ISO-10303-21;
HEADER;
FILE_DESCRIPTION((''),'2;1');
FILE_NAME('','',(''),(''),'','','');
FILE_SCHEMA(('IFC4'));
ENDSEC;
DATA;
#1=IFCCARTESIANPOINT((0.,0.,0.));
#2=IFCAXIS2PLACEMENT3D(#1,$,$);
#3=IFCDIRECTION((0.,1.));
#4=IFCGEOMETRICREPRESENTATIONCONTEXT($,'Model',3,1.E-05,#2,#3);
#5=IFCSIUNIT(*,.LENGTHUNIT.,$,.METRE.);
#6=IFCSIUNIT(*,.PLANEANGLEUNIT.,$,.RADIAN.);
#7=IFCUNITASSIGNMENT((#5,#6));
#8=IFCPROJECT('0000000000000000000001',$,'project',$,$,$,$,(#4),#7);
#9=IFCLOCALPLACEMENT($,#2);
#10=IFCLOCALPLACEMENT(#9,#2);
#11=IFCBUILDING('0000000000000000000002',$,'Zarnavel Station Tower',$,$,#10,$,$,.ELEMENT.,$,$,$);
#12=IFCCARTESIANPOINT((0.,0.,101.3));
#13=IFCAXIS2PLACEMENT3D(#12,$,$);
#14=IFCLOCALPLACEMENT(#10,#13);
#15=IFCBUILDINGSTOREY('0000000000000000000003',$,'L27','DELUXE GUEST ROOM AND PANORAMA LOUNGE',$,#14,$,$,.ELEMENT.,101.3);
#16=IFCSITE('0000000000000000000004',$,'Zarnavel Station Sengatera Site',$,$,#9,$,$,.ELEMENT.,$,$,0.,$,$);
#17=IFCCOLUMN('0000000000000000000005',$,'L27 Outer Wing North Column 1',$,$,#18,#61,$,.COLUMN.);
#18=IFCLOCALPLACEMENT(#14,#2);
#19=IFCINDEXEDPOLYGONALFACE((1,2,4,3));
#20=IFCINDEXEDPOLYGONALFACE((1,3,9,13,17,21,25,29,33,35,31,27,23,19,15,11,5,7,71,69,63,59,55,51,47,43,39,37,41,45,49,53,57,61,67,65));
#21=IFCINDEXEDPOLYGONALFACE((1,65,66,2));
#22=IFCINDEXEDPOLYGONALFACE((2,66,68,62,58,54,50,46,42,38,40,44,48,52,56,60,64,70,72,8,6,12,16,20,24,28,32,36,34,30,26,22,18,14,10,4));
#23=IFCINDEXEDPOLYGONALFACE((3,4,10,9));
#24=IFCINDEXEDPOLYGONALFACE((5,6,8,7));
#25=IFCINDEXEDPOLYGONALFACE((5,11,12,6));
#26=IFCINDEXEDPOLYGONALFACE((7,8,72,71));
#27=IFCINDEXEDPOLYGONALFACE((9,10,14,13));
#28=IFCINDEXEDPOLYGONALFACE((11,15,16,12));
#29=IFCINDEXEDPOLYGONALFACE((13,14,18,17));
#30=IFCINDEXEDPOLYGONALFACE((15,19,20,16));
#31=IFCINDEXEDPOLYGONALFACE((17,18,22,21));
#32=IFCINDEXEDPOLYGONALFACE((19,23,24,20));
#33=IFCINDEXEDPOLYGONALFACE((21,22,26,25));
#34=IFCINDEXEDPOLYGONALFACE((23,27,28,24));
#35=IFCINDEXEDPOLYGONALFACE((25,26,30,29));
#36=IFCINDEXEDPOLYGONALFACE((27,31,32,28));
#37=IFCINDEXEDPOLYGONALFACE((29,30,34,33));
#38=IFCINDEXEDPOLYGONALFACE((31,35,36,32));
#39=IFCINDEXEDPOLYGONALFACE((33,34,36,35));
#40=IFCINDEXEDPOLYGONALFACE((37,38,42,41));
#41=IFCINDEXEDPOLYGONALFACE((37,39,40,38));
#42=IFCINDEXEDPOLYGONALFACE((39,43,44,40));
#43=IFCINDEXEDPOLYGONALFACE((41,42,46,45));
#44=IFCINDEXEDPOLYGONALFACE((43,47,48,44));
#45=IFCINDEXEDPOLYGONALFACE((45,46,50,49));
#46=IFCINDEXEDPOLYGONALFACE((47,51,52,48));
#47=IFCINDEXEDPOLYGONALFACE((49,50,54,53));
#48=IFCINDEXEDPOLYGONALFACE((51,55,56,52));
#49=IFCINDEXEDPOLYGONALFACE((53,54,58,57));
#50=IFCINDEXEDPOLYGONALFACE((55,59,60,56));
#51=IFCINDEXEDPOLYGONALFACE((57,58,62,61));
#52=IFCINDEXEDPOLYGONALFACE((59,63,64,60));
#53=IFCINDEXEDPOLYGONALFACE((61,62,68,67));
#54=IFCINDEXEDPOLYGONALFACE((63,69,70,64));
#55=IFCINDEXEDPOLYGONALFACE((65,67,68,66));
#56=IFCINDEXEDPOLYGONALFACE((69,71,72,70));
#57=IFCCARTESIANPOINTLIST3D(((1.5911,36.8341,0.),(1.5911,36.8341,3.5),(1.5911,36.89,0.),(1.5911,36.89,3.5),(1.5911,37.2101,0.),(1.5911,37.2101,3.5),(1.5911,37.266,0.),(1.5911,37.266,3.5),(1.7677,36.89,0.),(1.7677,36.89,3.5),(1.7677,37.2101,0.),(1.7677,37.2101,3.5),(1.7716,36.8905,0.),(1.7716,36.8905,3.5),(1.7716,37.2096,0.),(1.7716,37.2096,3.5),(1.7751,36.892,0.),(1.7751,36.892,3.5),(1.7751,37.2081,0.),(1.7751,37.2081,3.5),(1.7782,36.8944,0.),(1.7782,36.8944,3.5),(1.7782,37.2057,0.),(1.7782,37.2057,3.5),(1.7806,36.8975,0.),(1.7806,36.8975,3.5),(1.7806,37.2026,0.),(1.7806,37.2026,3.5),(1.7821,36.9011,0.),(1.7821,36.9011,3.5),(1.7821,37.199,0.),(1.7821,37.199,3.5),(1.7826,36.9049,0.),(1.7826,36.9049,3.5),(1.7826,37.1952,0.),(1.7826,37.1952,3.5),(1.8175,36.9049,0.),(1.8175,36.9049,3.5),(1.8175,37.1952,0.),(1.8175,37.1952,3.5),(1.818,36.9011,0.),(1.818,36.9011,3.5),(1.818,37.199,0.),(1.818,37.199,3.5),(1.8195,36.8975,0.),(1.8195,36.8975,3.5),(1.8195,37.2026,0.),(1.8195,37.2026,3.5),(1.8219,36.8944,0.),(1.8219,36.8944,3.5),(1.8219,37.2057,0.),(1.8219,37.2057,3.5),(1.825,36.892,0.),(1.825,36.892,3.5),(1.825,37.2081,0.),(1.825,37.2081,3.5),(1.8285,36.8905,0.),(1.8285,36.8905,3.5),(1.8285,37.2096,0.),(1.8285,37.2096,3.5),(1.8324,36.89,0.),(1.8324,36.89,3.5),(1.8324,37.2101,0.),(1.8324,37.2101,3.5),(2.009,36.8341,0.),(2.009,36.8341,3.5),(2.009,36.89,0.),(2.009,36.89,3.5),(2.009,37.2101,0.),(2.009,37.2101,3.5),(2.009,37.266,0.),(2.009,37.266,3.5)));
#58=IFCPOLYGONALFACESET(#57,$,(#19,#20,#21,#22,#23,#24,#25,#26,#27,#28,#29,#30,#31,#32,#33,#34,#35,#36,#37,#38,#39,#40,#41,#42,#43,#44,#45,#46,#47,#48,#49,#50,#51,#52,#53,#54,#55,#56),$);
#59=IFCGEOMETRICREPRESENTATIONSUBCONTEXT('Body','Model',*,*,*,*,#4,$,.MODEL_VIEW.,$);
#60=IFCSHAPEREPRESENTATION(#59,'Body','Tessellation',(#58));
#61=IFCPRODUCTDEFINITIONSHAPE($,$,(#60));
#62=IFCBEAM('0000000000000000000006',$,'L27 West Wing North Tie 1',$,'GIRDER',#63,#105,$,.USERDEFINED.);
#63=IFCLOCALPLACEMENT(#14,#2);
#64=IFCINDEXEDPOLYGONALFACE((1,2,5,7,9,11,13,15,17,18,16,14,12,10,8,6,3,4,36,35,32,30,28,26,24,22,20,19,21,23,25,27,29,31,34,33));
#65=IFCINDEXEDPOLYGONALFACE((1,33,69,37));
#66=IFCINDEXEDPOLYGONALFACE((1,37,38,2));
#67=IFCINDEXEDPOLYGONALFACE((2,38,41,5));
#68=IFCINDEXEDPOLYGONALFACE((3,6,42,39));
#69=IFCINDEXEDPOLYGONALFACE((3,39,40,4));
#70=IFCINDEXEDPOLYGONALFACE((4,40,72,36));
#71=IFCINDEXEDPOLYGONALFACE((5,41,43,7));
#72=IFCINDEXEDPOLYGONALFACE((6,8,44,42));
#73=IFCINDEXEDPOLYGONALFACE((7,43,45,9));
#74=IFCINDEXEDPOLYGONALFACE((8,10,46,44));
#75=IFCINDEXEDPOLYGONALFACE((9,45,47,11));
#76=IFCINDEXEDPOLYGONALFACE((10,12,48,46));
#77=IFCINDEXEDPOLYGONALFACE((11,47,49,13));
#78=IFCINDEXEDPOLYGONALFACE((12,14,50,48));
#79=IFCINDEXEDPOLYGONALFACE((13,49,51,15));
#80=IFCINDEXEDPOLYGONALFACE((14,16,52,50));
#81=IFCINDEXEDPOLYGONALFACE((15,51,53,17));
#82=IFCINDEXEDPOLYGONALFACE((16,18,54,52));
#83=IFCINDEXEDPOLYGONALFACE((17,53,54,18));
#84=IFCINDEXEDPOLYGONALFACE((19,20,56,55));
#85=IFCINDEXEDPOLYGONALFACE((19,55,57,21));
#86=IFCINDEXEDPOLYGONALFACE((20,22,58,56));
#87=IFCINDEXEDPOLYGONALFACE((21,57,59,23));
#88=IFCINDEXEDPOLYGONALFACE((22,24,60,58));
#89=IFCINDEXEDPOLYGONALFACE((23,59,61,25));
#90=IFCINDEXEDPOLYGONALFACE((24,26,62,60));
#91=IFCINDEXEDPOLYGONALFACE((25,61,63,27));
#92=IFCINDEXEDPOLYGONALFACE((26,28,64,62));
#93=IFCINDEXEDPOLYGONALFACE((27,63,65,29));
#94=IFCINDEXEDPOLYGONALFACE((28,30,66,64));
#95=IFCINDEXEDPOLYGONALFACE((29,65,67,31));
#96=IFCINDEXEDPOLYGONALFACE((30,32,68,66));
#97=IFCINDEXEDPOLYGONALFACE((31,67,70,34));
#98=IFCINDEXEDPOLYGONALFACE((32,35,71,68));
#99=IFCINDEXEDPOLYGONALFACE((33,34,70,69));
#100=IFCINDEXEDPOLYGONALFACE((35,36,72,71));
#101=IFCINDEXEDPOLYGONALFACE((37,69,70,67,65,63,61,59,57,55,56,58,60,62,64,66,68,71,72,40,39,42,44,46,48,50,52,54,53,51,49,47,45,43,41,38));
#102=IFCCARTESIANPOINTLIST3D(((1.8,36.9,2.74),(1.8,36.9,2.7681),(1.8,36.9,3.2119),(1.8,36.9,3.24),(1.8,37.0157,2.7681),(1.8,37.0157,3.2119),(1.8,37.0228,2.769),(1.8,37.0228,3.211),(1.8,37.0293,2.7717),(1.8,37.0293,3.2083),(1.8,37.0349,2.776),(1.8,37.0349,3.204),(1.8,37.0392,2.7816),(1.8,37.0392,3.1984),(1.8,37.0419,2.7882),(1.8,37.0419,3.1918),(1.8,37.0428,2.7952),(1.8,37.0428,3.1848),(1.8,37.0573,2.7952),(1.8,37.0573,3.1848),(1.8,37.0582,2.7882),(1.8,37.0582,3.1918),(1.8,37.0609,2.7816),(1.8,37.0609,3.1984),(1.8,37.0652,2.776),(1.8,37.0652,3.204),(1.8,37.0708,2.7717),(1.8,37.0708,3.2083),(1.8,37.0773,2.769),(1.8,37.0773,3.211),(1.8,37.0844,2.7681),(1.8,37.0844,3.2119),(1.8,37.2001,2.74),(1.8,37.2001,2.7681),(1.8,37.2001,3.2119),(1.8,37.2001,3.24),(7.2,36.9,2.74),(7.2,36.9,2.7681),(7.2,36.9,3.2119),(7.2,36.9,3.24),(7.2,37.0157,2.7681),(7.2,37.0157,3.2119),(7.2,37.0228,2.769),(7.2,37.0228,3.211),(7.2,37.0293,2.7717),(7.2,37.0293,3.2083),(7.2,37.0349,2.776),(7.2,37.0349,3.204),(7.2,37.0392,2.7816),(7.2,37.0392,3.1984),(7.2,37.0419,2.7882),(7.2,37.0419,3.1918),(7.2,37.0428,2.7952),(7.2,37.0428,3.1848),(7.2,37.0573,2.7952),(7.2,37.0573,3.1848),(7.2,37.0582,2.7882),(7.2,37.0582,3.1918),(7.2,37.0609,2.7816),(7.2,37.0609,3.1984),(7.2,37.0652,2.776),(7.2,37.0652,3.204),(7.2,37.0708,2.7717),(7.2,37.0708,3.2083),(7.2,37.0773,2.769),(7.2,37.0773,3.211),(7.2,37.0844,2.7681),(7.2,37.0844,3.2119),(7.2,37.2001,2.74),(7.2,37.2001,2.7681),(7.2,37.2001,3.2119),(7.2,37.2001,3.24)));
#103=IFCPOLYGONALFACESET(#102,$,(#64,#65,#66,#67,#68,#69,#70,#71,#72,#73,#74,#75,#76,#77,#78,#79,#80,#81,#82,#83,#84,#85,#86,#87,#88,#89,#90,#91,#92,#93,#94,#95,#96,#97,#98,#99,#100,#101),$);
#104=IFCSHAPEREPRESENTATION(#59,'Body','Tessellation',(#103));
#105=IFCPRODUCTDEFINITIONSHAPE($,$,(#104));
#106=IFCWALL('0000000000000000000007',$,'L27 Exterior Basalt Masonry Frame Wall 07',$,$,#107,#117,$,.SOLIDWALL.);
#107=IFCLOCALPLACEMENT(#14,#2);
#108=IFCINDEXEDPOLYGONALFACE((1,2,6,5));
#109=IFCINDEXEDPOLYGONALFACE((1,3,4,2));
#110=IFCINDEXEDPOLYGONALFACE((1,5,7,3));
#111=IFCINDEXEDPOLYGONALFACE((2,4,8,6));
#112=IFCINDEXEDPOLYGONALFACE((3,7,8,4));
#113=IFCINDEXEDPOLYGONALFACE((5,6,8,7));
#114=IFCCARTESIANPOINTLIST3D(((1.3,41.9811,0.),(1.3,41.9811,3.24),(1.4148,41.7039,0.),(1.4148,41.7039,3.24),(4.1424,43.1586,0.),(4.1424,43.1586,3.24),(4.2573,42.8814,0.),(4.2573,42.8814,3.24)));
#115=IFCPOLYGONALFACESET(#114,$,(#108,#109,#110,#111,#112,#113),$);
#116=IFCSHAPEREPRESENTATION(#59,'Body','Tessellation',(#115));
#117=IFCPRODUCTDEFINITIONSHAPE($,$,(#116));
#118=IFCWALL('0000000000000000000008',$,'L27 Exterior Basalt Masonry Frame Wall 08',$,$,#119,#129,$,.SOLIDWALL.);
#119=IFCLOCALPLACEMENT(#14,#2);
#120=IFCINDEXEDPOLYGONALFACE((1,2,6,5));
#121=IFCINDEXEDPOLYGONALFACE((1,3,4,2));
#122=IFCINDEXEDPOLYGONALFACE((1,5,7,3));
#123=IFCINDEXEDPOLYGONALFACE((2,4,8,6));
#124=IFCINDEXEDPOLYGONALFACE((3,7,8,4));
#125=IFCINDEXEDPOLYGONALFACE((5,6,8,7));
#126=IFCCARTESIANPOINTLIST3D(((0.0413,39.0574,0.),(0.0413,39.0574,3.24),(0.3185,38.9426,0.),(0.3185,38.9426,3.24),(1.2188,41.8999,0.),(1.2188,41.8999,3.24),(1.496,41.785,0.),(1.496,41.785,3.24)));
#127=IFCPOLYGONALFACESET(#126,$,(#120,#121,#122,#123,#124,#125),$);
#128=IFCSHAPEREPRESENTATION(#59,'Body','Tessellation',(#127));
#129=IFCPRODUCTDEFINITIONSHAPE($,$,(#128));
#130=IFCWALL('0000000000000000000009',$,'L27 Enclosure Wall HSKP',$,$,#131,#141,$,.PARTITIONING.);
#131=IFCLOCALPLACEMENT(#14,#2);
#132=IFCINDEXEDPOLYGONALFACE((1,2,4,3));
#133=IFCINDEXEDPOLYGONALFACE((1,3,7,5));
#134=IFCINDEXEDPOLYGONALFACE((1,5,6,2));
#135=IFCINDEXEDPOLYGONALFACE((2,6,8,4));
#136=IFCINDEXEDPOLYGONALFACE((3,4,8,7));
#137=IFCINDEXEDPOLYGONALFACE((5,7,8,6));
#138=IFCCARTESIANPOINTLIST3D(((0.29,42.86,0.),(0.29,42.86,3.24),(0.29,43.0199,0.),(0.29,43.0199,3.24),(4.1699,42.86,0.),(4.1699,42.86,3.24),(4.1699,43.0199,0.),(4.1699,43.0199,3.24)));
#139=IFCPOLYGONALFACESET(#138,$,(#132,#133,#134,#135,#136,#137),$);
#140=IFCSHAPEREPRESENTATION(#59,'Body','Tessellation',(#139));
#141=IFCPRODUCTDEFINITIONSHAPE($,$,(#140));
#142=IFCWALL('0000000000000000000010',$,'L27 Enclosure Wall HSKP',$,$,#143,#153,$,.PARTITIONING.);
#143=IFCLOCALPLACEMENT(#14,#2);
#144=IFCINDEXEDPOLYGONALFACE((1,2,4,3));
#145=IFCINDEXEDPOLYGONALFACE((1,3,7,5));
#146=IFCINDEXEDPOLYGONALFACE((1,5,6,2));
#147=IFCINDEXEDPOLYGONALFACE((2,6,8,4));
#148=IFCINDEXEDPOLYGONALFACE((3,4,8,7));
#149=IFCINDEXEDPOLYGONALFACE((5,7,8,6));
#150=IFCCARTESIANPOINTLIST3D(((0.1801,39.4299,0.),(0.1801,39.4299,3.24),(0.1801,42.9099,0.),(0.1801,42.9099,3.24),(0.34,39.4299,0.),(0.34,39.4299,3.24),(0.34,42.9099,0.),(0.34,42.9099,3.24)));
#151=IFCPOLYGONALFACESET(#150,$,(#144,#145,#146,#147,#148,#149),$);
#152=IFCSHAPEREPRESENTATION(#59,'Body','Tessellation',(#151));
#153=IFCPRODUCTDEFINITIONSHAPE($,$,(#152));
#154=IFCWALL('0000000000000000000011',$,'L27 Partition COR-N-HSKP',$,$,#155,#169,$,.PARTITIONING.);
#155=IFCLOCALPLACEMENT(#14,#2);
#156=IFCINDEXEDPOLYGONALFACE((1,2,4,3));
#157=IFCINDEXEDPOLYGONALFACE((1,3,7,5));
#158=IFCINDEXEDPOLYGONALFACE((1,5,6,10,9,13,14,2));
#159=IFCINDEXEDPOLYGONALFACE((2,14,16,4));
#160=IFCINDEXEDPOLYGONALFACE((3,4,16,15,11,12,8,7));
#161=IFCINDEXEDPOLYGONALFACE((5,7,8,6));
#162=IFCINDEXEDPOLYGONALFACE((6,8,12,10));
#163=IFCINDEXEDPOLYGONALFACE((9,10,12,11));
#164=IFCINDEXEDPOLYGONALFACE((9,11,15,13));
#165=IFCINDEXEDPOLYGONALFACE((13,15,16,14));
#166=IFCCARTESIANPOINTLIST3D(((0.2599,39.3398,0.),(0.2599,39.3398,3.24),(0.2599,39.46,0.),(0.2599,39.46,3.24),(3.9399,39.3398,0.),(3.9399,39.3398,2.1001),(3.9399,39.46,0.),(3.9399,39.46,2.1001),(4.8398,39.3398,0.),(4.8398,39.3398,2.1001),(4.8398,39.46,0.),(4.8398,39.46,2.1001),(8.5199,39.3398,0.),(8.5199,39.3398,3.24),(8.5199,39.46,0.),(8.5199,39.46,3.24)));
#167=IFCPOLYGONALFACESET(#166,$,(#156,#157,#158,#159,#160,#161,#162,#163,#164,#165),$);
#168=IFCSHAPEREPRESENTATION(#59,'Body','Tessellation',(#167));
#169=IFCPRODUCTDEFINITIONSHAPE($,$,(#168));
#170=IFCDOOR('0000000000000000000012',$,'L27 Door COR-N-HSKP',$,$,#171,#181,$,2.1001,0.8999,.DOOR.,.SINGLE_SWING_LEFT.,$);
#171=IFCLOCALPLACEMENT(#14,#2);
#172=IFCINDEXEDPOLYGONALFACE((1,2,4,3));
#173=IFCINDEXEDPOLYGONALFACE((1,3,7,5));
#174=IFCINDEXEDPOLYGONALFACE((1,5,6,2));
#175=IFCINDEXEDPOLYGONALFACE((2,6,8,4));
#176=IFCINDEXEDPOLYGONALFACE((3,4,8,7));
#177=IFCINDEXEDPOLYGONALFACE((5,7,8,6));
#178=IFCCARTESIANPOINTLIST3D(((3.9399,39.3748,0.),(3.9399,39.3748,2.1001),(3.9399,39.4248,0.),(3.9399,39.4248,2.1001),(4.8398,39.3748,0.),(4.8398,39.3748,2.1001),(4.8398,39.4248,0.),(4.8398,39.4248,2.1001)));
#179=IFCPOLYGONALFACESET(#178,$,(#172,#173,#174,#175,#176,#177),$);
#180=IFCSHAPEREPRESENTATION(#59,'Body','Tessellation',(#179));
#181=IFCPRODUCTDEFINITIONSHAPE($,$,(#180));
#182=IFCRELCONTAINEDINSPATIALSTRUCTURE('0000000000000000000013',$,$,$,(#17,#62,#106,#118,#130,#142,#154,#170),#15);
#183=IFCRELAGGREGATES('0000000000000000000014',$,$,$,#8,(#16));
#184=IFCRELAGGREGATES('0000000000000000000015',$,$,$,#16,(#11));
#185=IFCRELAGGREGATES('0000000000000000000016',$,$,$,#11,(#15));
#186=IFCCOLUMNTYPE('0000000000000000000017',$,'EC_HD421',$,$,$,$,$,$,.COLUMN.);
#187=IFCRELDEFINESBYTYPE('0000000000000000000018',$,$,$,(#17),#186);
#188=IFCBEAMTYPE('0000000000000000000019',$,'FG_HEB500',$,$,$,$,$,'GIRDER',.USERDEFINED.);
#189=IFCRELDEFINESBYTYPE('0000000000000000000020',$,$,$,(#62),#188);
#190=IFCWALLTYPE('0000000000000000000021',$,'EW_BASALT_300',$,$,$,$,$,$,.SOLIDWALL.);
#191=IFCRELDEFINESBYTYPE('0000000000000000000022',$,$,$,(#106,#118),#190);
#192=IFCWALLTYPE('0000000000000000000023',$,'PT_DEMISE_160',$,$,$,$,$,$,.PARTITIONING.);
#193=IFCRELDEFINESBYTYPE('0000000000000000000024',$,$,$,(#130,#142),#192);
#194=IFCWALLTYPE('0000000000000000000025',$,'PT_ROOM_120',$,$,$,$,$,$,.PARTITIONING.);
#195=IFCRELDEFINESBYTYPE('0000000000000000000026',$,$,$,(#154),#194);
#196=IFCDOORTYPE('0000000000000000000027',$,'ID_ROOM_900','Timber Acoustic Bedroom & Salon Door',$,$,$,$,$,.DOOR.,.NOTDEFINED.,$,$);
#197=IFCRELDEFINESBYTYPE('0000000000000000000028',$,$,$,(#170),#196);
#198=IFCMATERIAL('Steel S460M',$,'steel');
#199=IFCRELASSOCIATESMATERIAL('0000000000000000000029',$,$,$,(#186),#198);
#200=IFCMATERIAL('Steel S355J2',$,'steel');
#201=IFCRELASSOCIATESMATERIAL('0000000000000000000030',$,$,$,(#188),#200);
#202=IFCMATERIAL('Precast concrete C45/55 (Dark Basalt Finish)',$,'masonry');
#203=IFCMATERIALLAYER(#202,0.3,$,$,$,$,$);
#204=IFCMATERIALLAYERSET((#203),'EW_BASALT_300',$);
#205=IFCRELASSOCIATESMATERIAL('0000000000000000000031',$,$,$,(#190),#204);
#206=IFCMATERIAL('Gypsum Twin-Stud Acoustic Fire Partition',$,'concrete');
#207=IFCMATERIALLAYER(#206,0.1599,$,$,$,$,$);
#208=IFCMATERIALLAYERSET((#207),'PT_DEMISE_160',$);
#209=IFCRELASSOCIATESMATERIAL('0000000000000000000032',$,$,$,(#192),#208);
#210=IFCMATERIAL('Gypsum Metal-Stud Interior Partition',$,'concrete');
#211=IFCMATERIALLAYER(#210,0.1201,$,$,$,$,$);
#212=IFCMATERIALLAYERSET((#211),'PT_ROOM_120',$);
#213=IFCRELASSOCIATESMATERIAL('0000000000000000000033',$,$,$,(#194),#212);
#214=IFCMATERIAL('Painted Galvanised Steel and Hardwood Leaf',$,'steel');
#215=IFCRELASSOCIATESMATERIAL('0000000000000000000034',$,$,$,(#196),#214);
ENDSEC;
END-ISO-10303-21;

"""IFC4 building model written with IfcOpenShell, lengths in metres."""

from ifc_helpers import new_model, si_unit, direction, frame, frame_2d, origin, origin_2d, place, context, subcontext, project, spatial, rectangle, i_section, extrude, material, layer, layer_set, material_profile, profile_set, type_object, element, fill, save


model = new_model("IFC4")

# Units and contexts
model_context = context("Model", 3, precision=1e-05, world=origin(), true_north=direction((0.0, 1.0)))
body_context = subcontext(model_context, "Body", "Model", "MODEL_VIEW")
ifc_project = project(units=[si_unit("LENGTHUNIT", "METRE"), si_unit("PLANEANGLEUNIT", "RADIAN")], contexts=[model_context])

# Site, building, storey
site_placement = place(None, origin())
site = spatial("IfcSite", under=ifc_project, at=site_placement, Name="Zarnavel Station Sengatera Site", CompositionType="ELEMENT", RefElevation=0.0)
building_placement = place(site_placement, origin())
building = spatial("IfcBuilding", under=site, at=building_placement, Name="Zarnavel Station Tower", CompositionType="ELEMENT")
storey_placement = place(building_placement, frame((0.0, 0.0, 101.3)))
storey = spatial("IfcBuildingStorey", under=building, at=storey_placement, Name="L27", Description="DELUXE GUEST ROOM AND PANORAMA LOUNGE", CompositionType="ELEMENT", Elevation=101.3)

# Column
ifc_material_1 = material(Name="Steel S460M", Category="steel")
ifc_material_profile_1 = material_profile(ifc_material_1, i_section(OverallWidth=0.418, OverallDepth=0.4319, WebThickness=0.0349, FlangeThickness=0.0559, FilletRadius=0.0149, at=origin_2d()), Name="HD400x421")
ifc_profile_set_1 = profile_set([ifc_material_profile_1], Name="Steel S460M")
column_type = type_object("IfcColumnType", Name="EC_HD421", PredefinedType="COLUMN", material=ifc_profile_set_1)
column_placement = place(storey_placement, frame((1.8, 37.05, 0.0), z_axis=(0.0, 0.0, 1.0), x_axis=(1.0, 0.0, 0.0)))
element("IfcColumn", 1, at=column_placement, inside=storey, type_object=column_type, Name="L27 Outer Wing North Column 1", PredefinedType="COLUMN", context=body_context, shape_type="SweptSolid", body=[
    extrude(i_section(OverallWidth=0.418, OverallDepth=0.4319, WebThickness=0.0349, FlangeThickness=0.0559, FilletRadius=0.0149, at=origin_2d()), origin(), (0.0, 0.0, 1.0), 3.5),
])

# Beam
ifc_material_2 = material(Name="Steel S355J2", Category="steel")
ifc_material_profile_2 = material_profile(ifc_material_2, i_section(OverallWidth=0.3, OverallDepth=0.5, WebThickness=0.0144, FlangeThickness=0.0281, FilletRadius=0.0271, at=origin_2d()), Name="HEB500")
ifc_profile_set_2 = profile_set([ifc_material_profile_2], Name="Steel S355J2")
beam_type = type_object("IfcBeamType", Name="FG_HEB500", ElementType="GIRDER", PredefinedType="USERDEFINED", material=ifc_profile_set_2)
beam_placement = place(storey_placement, frame((1.8, 37.05, 2.99), z_axis=(1.0, 0.0, 0.0), x_axis=(0.0, 1.0, 0.0)))
element("IfcBeam", 2, at=beam_placement, inside=storey, type_object=beam_type, Name="L27 West Wing North Tie 1", ObjectType="GIRDER", PredefinedType="USERDEFINED", context=body_context, shape_type="SweptSolid", body=[
    extrude(i_section(OverallWidth=0.3, OverallDepth=0.5, WebThickness=0.0144, FlangeThickness=0.0281, FilletRadius=0.0271, at=origin_2d()), origin(), (0.0, 0.0, 1.0), 5.3999),
])

# Walls
ifc_material_3 = material(Name="Precast concrete C45/55 (Dark Basalt Finish)", Category="masonry")
ifc_layer_1 = layer(ifc_material_3, 0.3)
ifc_layer_set_1 = layer_set([ifc_layer_1], Name="EW_BASALT_300")
wall_type_1 = type_object("IfcWallType", Name="EW_BASALT_300", PredefinedType="SOLIDWALL", material=ifc_layer_set_1)
for number, where, z_axis, x_axis, name in (
    (3, (1.3574, 41.8425, 0.0), (0.0, 0.0, 1.0), (0.923871, 0.382705, 0.0), "L27 Exterior Basalt Masonry Frame Wall 07"),
    (4, (0.1799, 39.0, 0.0), (0.0, 0.0, 1.0), (0.382705, 0.923871, 0.0), "L27 Exterior Basalt Masonry Frame Wall 08"),
):
    element("IfcWall", number, at=place(storey_placement, frame(where, z_axis=z_axis, x_axis=x_axis)), inside=storey, type_object=wall_type_1, Name=name, PredefinedType="SOLIDWALL", context=body_context, shape_type="SweptSolid", body=[
        extrude(rectangle(XDim=3.0767, YDim=0.3, at=frame_2d((1.5383, 0.0))), origin(), (0.0, 0.0, 1.0), 3.24),
    ])
ifc_material_4 = material(Name="Gypsum Twin-Stud Acoustic Fire Partition", Category="concrete")
ifc_layer_2 = layer(ifc_material_4, 0.1599)
ifc_layer_set_2 = layer_set([ifc_layer_2], Name="PT_DEMISE_160")
wall_type_2 = type_object("IfcWallType", Name="PT_DEMISE_160", PredefinedType="PARTITIONING", material=ifc_layer_set_2)
wall_1_placement = place(storey_placement, frame((0.29, 42.9399, 0.0), z_axis=(0.0, 0.0, 1.0), x_axis=(1.0, 0.0, 0.0)))
element("IfcWall", 5, at=wall_1_placement, inside=storey, type_object=wall_type_2, Name="L27 Enclosure Wall HSKP", PredefinedType="PARTITIONING", context=body_context, shape_type="SweptSolid", body=[
    extrude(rectangle(XDim=3.8799, YDim=0.1599, at=frame_2d((1.9399, 0.0))), origin(), (0.0, 0.0, 1.0), 3.24),
])
wall_2_placement = place(storey_placement, frame((0.26, 39.4299, 0.0), z_axis=(0.0, 0.0, 1.0), x_axis=(0.0, 1.0, 0.0)))
element("IfcWall", 6, at=wall_2_placement, inside=storey, type_object=wall_type_2, Name="L27 Enclosure Wall HSKP", PredefinedType="PARTITIONING", context=body_context, shape_type="SweptSolid", body=[
    extrude(rectangle(XDim=3.48, YDim=0.1599, at=frame_2d((1.74, 0.0))), origin(), (0.0, 0.0, 1.0), 3.24),
])

# Wall, opening, door
ifc_material_5 = material(Name="Gypsum Metal-Stud Interior Partition", Category="concrete")
ifc_layer_3 = layer(ifc_material_5, 0.1201)
ifc_layer_set_3 = layer_set([ifc_layer_3], Name="PT_ROOM_120")
wall_type_3 = type_object("IfcWallType", Name="PT_ROOM_120", PredefinedType="PARTITIONING", material=ifc_layer_set_3)
wall_3_placement = place(storey_placement, frame((0.26, 39.3999, 0.0), z_axis=(0.0, 0.0, 1.0), x_axis=(1.0, 0.0, 0.0)))
wall_3 = element("IfcWall", 7, at=wall_3_placement, inside=storey, type_object=wall_type_3, Name="L27 Partition COR-N-HSKP", PredefinedType="PARTITIONING", context=body_context, shape_type="SweptSolid", body=[
    extrude(rectangle(XDim=8.26, YDim=0.1201, at=frame_2d((4.1299, 0.0))), origin(), (0.0, 0.0, 1.0), 3.24),
])
opening_1_placement = place(wall_3_placement, frame((3.6799, 0.0, 0.0)))
opening_1 = element("IfcOpeningElement", 8, at=opening_1_placement, cuts=wall_3, PredefinedType="OPENING", context=body_context, shape_type="SweptSolid", body=[
    extrude(rectangle(XDim=0.8999, YDim=2.1001, at=frame_2d((0.45, 1.05))), frame((0.0, 0.0701, 0.0), z_axis=(0.0, -1.0, 0.0), x_axis=(1.0, 0.0, 0.0)), (0.0, 0.0, 1.0), 0.1401),
])
ifc_material_6 = material(Name="Painted Galvanised Steel and Hardwood Leaf", Category="steel")
door_type_1 = type_object("IfcDoorType", Name="ID_ROOM_900", Description="Timber Acoustic Bedroom & Salon Door", OperationType="NOTDEFINED", PredefinedType="DOOR", material=ifc_material_6)
door_1_placement = place(opening_1_placement, origin())
door_1 = element("IfcDoor", 9, at=door_1_placement, inside=storey, type_object=door_type_1, Name="L27 Door COR-N-HSKP", OperationType="SINGLE_SWING_LEFT", OverallHeight=2.1001, OverallWidth=0.8999, PredefinedType="DOOR", context=body_context, shape_type="SweptSolid", body=[
    extrude(rectangle(XDim=0.8999, YDim=2.1001, at=frame_2d((0.45, 1.05))), frame((0.0, 0.0249, 0.0), z_axis=(0.0, -1.0, 0.0), x_axis=(1.0, 0.0, 0.0)), (0.0, 0.0, 1.0), 0.05),
])
fill(opening_1, door_1)

save(model, "model.ifc")
